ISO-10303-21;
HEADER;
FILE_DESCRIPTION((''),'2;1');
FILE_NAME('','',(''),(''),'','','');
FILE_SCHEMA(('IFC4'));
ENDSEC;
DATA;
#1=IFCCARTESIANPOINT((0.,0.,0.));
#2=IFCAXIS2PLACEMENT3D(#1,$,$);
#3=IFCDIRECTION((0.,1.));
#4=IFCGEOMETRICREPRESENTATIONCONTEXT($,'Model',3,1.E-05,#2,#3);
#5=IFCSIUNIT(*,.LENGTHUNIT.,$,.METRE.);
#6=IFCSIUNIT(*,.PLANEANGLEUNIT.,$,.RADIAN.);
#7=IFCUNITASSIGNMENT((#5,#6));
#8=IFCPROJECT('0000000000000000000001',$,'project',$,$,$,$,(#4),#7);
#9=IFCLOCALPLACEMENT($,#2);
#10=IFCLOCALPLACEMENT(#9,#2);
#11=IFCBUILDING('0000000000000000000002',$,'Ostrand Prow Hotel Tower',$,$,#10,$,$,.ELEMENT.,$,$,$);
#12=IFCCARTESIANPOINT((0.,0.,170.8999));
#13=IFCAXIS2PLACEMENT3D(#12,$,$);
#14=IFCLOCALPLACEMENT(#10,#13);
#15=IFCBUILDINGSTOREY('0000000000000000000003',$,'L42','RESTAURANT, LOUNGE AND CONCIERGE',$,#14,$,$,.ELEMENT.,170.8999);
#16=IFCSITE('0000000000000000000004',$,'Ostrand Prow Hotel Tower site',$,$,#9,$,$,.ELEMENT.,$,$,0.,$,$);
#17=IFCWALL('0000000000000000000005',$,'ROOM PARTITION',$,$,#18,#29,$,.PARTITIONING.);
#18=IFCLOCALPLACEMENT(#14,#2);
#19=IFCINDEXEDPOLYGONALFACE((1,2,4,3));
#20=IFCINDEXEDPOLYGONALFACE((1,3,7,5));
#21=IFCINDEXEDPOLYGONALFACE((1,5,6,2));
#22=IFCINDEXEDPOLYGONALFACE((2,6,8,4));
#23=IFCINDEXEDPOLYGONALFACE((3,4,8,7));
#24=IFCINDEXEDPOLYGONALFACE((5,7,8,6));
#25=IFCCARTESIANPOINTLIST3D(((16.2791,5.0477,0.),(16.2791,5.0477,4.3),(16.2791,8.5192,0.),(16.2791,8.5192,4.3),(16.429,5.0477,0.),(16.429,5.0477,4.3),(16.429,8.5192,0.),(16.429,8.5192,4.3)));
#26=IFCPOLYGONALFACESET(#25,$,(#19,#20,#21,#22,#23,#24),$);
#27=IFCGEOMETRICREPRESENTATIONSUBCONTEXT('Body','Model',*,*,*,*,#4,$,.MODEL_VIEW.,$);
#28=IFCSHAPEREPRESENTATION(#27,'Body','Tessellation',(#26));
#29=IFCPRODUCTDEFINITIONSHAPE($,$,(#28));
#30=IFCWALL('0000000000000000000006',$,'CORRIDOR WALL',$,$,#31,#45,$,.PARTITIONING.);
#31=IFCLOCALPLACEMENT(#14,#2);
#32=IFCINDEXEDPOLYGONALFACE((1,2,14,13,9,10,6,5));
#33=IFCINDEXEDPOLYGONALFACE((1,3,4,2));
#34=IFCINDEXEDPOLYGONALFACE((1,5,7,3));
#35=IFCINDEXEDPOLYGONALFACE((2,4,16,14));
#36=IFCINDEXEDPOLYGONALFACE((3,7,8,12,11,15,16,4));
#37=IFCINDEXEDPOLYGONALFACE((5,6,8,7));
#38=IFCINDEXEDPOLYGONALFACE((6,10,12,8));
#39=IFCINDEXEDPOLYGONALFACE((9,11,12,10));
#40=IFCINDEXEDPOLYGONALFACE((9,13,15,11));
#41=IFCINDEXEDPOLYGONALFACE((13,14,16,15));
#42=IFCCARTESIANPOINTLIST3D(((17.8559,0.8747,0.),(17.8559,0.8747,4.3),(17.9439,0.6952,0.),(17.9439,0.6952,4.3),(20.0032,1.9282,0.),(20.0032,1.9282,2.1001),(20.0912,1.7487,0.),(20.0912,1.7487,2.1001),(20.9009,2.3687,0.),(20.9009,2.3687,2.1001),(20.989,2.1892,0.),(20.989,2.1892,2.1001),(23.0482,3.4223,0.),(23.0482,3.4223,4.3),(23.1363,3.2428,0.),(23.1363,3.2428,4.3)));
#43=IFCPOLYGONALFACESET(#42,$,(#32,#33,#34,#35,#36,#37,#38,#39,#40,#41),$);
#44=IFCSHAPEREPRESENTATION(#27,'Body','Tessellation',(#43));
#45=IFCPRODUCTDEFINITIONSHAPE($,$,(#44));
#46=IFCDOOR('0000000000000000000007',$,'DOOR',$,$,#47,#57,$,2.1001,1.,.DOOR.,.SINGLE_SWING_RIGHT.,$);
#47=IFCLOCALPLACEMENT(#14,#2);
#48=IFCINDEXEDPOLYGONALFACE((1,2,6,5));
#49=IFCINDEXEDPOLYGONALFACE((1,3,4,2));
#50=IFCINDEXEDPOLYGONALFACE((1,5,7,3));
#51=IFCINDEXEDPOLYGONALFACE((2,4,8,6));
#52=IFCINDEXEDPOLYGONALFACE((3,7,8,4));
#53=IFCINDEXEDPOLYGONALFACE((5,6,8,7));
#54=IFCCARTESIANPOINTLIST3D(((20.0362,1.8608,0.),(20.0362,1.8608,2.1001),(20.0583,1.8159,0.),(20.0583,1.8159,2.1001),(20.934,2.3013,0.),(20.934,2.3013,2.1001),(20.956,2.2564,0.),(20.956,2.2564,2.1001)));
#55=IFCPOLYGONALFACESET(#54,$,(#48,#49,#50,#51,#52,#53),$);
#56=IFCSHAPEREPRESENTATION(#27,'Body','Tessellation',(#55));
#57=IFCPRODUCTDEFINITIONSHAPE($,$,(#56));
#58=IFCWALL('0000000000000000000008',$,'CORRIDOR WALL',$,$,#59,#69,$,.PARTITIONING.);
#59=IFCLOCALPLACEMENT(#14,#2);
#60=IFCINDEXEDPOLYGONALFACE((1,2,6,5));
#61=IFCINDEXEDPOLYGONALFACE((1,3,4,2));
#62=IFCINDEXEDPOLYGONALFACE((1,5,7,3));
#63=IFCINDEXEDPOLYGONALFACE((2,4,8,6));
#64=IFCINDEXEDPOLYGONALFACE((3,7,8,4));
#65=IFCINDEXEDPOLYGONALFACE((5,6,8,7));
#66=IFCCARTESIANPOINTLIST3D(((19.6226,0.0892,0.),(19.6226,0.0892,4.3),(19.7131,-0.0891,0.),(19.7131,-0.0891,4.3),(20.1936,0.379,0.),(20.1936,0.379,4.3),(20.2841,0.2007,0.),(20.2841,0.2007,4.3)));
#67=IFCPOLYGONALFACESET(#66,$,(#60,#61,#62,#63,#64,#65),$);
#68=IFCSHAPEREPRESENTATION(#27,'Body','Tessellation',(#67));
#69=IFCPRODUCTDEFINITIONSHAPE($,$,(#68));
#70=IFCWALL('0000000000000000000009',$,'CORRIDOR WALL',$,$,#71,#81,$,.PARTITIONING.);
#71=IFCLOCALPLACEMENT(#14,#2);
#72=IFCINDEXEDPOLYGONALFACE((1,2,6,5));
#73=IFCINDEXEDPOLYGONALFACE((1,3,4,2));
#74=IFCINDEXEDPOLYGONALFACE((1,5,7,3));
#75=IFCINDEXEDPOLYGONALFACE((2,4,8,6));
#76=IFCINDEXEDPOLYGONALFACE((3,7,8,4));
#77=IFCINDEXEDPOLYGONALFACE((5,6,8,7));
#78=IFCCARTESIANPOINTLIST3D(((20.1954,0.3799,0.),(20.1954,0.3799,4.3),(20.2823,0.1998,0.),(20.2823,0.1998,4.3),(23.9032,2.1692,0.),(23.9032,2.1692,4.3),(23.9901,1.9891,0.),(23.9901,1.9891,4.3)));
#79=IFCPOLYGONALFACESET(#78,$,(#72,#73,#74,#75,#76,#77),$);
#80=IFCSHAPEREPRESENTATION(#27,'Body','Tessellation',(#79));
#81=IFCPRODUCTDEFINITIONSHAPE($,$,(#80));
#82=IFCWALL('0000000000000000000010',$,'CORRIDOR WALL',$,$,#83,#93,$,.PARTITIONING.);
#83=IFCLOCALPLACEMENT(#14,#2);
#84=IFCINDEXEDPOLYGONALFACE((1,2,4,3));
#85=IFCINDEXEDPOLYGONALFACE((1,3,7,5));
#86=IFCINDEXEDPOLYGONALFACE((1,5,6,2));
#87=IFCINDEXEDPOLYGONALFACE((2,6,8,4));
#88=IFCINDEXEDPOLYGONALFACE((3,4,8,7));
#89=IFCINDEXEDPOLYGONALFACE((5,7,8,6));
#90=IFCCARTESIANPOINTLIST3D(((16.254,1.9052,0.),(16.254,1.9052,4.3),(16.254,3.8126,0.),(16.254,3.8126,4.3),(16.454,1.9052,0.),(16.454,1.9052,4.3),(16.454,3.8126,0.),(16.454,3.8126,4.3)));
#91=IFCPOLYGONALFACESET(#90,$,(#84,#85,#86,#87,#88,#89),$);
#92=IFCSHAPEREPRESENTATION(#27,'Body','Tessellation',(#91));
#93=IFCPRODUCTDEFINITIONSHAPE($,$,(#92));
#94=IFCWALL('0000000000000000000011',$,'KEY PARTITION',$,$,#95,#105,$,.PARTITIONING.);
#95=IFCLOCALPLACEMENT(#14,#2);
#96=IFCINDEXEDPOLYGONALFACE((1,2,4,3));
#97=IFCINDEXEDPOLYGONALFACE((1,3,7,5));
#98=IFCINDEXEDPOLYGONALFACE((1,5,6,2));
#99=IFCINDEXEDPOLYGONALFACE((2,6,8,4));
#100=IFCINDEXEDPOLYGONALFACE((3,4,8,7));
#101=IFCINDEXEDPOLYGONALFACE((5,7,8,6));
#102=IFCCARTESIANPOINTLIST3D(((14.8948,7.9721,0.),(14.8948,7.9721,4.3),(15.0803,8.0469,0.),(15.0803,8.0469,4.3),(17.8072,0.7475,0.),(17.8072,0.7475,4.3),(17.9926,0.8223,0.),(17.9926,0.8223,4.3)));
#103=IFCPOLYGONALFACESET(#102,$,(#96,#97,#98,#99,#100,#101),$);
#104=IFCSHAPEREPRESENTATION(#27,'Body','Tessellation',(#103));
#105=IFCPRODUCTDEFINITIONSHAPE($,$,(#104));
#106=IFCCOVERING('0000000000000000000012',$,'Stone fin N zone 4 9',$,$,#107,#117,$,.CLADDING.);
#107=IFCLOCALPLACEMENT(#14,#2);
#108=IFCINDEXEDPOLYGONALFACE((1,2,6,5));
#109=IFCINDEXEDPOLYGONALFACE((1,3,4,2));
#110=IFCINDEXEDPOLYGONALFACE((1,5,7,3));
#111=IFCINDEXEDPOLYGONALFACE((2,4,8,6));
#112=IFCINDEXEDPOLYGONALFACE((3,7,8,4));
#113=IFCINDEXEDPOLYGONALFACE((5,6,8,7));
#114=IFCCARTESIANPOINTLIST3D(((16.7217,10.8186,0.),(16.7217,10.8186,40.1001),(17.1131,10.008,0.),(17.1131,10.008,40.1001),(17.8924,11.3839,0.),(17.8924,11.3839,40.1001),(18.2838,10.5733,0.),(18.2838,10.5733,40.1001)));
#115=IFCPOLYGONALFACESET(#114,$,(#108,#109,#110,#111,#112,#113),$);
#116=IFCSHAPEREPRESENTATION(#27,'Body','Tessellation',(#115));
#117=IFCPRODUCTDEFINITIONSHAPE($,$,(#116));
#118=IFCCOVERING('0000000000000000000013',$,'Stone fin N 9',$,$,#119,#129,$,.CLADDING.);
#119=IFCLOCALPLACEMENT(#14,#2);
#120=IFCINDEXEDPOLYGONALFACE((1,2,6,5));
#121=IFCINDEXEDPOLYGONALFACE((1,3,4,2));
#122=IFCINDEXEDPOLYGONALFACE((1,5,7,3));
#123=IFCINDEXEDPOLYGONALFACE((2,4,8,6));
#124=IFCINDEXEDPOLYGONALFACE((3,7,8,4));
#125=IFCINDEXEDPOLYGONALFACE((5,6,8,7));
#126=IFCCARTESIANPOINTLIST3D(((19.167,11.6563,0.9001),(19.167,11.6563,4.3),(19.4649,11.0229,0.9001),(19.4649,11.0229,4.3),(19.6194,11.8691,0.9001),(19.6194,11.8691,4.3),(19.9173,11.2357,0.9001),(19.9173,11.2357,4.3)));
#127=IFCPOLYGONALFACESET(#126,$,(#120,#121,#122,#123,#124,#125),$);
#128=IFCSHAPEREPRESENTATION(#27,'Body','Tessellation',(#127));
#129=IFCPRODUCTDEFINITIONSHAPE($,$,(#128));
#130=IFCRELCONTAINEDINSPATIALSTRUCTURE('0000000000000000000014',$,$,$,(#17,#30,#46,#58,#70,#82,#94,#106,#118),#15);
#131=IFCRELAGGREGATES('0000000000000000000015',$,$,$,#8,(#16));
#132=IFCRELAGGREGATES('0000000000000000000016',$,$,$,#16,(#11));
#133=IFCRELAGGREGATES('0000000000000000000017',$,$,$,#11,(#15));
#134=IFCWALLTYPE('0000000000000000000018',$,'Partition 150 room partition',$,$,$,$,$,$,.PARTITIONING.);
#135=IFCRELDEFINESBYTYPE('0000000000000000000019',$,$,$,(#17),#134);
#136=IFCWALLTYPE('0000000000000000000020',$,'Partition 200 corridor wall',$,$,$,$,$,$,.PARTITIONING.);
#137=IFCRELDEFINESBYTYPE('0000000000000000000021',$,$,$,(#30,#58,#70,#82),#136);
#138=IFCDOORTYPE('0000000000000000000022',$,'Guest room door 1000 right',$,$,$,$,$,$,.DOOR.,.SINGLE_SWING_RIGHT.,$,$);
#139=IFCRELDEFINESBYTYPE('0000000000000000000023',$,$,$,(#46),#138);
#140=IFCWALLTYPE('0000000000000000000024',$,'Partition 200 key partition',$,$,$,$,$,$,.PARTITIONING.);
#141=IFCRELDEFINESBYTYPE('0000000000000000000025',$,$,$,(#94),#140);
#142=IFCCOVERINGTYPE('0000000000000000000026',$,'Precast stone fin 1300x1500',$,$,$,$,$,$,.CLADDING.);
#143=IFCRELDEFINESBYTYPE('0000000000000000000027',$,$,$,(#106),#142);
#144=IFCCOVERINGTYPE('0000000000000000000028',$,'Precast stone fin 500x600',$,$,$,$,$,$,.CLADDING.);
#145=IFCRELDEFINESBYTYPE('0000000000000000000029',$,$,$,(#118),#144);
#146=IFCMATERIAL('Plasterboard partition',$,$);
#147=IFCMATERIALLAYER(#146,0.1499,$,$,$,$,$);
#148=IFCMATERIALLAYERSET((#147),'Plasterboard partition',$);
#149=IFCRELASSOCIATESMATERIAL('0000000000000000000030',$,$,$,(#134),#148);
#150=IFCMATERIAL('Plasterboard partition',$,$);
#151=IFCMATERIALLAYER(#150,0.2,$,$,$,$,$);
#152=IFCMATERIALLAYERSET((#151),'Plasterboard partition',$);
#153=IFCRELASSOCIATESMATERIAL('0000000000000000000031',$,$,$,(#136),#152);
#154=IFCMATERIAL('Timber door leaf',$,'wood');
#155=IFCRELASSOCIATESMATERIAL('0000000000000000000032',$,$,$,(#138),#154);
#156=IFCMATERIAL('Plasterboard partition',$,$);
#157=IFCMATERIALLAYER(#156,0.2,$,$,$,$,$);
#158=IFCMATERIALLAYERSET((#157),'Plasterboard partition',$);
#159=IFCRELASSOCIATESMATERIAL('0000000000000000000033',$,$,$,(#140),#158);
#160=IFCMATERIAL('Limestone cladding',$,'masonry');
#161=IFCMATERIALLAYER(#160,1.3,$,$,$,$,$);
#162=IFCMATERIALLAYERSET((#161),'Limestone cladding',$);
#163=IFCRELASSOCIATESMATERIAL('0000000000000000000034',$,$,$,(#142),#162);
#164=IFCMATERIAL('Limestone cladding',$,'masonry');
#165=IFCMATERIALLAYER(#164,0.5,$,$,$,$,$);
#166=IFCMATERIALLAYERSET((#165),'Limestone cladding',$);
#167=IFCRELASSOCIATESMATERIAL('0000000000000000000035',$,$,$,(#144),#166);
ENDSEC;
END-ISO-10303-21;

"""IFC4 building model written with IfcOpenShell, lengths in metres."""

from ifc_helpers import new_model, si_unit, direction, frame, frame_2d, origin, place, context, subcontext, project, spatial, rectangle, extrude, material, layer, layer_set, type_object, element, fill, save


model = new_model("IFC4")

# Units and contexts
model_context = context("Model", 3, precision=1e-05, world=origin(), true_north=direction((0.0, 1.0)))
body_context = subcontext(model_context, "Body", "Model", "MODEL_VIEW")
ifc_project = project(units=[si_unit("LENGTHUNIT", "METRE"), si_unit("PLANEANGLEUNIT", "RADIAN")], contexts=[model_context])

# Site, building, storey
site_placement = place(None, origin())
site = spatial("IfcSite", under=ifc_project, at=site_placement, Name="Ostrand Prow Hotel Tower site", CompositionType="ELEMENT", RefElevation=0.0)
building_placement = place(site_placement, origin())
building = spatial("IfcBuilding", under=site, at=building_placement, Name="Ostrand Prow Hotel Tower", CompositionType="ELEMENT")
storey_placement = place(building_placement, frame((0.0, 0.0, 170.8999)))
storey = spatial("IfcBuildingStorey", under=building, at=storey_placement, Name="L42", Description="RESTAURANT, LOUNGE AND CONCIERGE", CompositionType="ELEMENT", Elevation=170.8999)

# Wall
ifc_material_1 = material(Name="Plasterboard partition")
ifc_layer_1 = layer(ifc_material_1, 0.1499)
ifc_layer_set_1 = layer_set([ifc_layer_1], Name="Plasterboard partition")
wall_type_1 = type_object("IfcWallType", Name="Partition 150 room partition", PredefinedType="PARTITIONING", material=ifc_layer_set_1)
wall_1_placement = place(storey_placement, frame((16.354, 8.5193, 0.0), z_axis=(0.0, 0.0, 1.0), x_axis=(0.0, -1.0, 0.0)))
element("IfcWall", 1, at=wall_1_placement, inside=storey, type_object=wall_type_1, Name="ROOM PARTITION", PredefinedType="PARTITIONING", context=body_context, shape_type="SweptSolid", body=[
    extrude(rectangle(XDim=3.4714, YDim=0.1499, at=frame_2d((1.7358, 0.0))), origin(), (0.0, 0.0, 1.0), 4.3),
])

# Wall, opening, door
ifc_material_2 = material(Name="Plasterboard partition")
ifc_layer_2 = layer(ifc_material_2, 0.2)
ifc_layer_set_2 = layer_set([ifc_layer_2], Name="Plasterboard partition")
wall_type_2 = type_object("IfcWallType", Name="Partition 200 corridor wall", PredefinedType="PARTITIONING", material=ifc_layer_set_2)
wall_2_placement = place(storey_placement, frame((17.8999, 0.7849, 0.0), z_axis=(0.0, 0.0, 1.0), x_axis=(0.897762, 0.440481, 0.0)))
wall_2 = element("IfcWall", 2, at=wall_2_placement, inside=storey, type_object=wall_type_2, Name="CORRIDOR WALL", PredefinedType="PARTITIONING", context=body_context, shape_type="SweptSolid", body=[
    extrude(rectangle(XDim=5.7837, YDim=0.2, at=frame_2d((2.8918, 0.0))), origin(), (0.0, 0.0, 1.0), 4.3),
])
opening_1_placement = place(wall_2_placement, frame((2.3918, 0.0, 0.0)))
opening_1 = element("IfcOpeningElement", 3, at=opening_1_placement, cuts=wall_2, PredefinedType="OPENING", context=body_context, shape_type="SweptSolid", body=[
    extrude(rectangle(XDim=1.0, YDim=2.1001, at=frame_2d((0.5, 1.05))), frame((0.0, 0.1099, 0.0), z_axis=(0.0, -1.0, 0.0), x_axis=(1.0, 0.0, 0.0)), (0.0, 0.0, 1.0), 0.22),
])
ifc_material_3 = material(Name="Timber door leaf", Category="wood")
door_type_1 = type_object("IfcDoorType", Name="Guest room door 1000 right", OperationType="SINGLE_SWING_RIGHT", PredefinedType="DOOR", material=ifc_material_3)
door_1_placement = place(opening_1_placement, origin())
door_1 = element("IfcDoor", 4, at=door_1_placement, inside=storey, type_object=door_type_1, Name="DOOR", OperationType="SINGLE_SWING_RIGHT", OverallHeight=2.1001, OverallWidth=1.0, PredefinedType="DOOR", context=body_context, shape_type="SweptSolid", body=[
    extrude(rectangle(XDim=1.0, YDim=2.1001, at=frame_2d((0.5, 1.05))), frame((0.0, 0.0249, 0.0), z_axis=(0.0, -1.0, 0.0), x_axis=(1.0, 0.0, 0.0)), (0.0, 0.0, 1.0), 0.05),
])
fill(opening_1, door_1)

# Walls
wall_3_placement = place(storey_placement, frame((19.6677, 0.0, 0.0), z_axis=(0.0, 0.0, 1.0), x_axis=(0.891743, 0.452543, 0.0)))
element("IfcWall", 5, at=wall_3_placement, inside=storey, type_object=wall_type_2, Name="CORRIDOR WALL", PredefinedType="PARTITIONING", context=body_context, shape_type="SweptSolid", body=[
    extrude(rectangle(XDim=0.6404, YDim=0.2, at=frame_2d((0.3203, 0.0))), origin(), (0.0, 0.0, 1.0), 4.3),
])
wall_4_placement = place(storey_placement, frame((20.2388, 0.2898, 0.0), z_axis=(0.0, 0.0, 1.0), x_axis=(0.900613, 0.434621, 0.0)))
element("IfcWall", 6, at=wall_4_placement, inside=storey, type_object=wall_type_2, Name="CORRIDOR WALL", PredefinedType="PARTITIONING", context=body_context, shape_type="SweptSolid", body=[
    extrude(rectangle(XDim=4.1169, YDim=0.2, at=frame_2d((2.0586, 0.0))), origin(), (0.0, 0.0, 1.0), 4.3),
])
wall_5_placement = place(storey_placement, frame((16.354, 3.8125, 0.0), z_axis=(0.0, 0.0, 1.0), x_axis=(0.0, -1.0, 0.0)))
element("IfcWall", 7, at=wall_5_placement, inside=storey, type_object=wall_type_2, Name="CORRIDOR WALL", PredefinedType="PARTITIONING", context=body_context, shape_type="SweptSolid", body=[
    extrude(rectangle(XDim=1.9075, YDim=0.2, at=frame_2d((0.9536, 0.0))), origin(), (0.0, 0.0, 1.0), 4.3),
])
ifc_material_4 = material(Name="Plasterboard partition")
ifc_layer_3 = layer(ifc_material_4, 0.2)
ifc_layer_set_3 = layer_set([ifc_layer_3], Name="Plasterboard partition")
wall_type_3 = type_object("IfcWallType", Name="Partition 200 key partition", PredefinedType="PARTITIONING", material=ifc_layer_set_3)
wall_6_placement = place(storey_placement, frame((14.9875, 8.0095, 0.0), z_axis=(0.0, 0.0, 1.0), x_axis=(0.373881, -0.927477, 0.0)))
element("IfcWall", 8, at=wall_6_placement, inside=storey, type_object=wall_type_3, Name="KEY PARTITION", PredefinedType="PARTITIONING", context=body_context, shape_type="SweptSolid", body=[
    extrude(rectangle(XDim=7.7896, YDim=0.2, at=frame_2d((3.8948, 0.0))), origin(), (0.0, 0.0, 1.0), 4.3),
])

# Coverings
ifc_material_5 = material(Name="Limestone cladding", Category="masonry")
ifc_layer_4 = layer(ifc_material_5, 1.3)
ifc_layer_set_4 = layer_set([ifc_layer_4], Name="Limestone cladding")
covering_type_1 = type_object("IfcCoveringType", Name="Precast stone fin 1300x1500", PredefinedType="CLADDING", material=ifc_layer_set_4)
covering_1_placement = place(storey_placement, frame((17.6985, 10.2905, 0.0), z_axis=(0.0, 0.0, 1.0), x_axis=(-0.434802, 0.900526, 0.0)))
element("IfcCovering", 9, at=covering_1_placement, inside=storey, type_object=covering_type_1, Name="Stone fin N zone 4 9", PredefinedType="CLADDING", context=body_context, shape_type="SweptSolid", body=[
    extrude(rectangle(XDim=0.9001, YDim=1.3, at=frame_2d((0.4502, 0.0))), origin(), (0.0, 0.0, 1.0), 40.1001),
])
ifc_material_6 = material(Name="Limestone cladding", Category="masonry")
ifc_layer_5 = layer(ifc_material_6, 0.5)
ifc_layer_set_5 = layer_set([ifc_layer_5], Name="Limestone cladding")
covering_type_2 = type_object("IfcCoveringType", Name="Precast stone fin 500x600", PredefinedType="CLADDING", material=ifc_layer_set_5)
covering_2_placement = place(storey_placement, frame((19.6912, 11.1292, 0.9001), z_axis=(0.0, 0.0, 1.0), x_axis=(-0.425595, 0.904914, 0.0)))
element("IfcCovering", 10, at=covering_2_placement, inside=storey, type_object=covering_type_2, Name="Stone fin N 9", PredefinedType="CLADDING", context=body_context, shape_type="SweptSolid", body=[
    extrude(rectangle(XDim=0.7, YDim=0.5, at=frame_2d((0.3501, 0.0))), origin(), (0.0, 0.0, 1.0), 3.3999),
])

save(model, "model.ifc")
